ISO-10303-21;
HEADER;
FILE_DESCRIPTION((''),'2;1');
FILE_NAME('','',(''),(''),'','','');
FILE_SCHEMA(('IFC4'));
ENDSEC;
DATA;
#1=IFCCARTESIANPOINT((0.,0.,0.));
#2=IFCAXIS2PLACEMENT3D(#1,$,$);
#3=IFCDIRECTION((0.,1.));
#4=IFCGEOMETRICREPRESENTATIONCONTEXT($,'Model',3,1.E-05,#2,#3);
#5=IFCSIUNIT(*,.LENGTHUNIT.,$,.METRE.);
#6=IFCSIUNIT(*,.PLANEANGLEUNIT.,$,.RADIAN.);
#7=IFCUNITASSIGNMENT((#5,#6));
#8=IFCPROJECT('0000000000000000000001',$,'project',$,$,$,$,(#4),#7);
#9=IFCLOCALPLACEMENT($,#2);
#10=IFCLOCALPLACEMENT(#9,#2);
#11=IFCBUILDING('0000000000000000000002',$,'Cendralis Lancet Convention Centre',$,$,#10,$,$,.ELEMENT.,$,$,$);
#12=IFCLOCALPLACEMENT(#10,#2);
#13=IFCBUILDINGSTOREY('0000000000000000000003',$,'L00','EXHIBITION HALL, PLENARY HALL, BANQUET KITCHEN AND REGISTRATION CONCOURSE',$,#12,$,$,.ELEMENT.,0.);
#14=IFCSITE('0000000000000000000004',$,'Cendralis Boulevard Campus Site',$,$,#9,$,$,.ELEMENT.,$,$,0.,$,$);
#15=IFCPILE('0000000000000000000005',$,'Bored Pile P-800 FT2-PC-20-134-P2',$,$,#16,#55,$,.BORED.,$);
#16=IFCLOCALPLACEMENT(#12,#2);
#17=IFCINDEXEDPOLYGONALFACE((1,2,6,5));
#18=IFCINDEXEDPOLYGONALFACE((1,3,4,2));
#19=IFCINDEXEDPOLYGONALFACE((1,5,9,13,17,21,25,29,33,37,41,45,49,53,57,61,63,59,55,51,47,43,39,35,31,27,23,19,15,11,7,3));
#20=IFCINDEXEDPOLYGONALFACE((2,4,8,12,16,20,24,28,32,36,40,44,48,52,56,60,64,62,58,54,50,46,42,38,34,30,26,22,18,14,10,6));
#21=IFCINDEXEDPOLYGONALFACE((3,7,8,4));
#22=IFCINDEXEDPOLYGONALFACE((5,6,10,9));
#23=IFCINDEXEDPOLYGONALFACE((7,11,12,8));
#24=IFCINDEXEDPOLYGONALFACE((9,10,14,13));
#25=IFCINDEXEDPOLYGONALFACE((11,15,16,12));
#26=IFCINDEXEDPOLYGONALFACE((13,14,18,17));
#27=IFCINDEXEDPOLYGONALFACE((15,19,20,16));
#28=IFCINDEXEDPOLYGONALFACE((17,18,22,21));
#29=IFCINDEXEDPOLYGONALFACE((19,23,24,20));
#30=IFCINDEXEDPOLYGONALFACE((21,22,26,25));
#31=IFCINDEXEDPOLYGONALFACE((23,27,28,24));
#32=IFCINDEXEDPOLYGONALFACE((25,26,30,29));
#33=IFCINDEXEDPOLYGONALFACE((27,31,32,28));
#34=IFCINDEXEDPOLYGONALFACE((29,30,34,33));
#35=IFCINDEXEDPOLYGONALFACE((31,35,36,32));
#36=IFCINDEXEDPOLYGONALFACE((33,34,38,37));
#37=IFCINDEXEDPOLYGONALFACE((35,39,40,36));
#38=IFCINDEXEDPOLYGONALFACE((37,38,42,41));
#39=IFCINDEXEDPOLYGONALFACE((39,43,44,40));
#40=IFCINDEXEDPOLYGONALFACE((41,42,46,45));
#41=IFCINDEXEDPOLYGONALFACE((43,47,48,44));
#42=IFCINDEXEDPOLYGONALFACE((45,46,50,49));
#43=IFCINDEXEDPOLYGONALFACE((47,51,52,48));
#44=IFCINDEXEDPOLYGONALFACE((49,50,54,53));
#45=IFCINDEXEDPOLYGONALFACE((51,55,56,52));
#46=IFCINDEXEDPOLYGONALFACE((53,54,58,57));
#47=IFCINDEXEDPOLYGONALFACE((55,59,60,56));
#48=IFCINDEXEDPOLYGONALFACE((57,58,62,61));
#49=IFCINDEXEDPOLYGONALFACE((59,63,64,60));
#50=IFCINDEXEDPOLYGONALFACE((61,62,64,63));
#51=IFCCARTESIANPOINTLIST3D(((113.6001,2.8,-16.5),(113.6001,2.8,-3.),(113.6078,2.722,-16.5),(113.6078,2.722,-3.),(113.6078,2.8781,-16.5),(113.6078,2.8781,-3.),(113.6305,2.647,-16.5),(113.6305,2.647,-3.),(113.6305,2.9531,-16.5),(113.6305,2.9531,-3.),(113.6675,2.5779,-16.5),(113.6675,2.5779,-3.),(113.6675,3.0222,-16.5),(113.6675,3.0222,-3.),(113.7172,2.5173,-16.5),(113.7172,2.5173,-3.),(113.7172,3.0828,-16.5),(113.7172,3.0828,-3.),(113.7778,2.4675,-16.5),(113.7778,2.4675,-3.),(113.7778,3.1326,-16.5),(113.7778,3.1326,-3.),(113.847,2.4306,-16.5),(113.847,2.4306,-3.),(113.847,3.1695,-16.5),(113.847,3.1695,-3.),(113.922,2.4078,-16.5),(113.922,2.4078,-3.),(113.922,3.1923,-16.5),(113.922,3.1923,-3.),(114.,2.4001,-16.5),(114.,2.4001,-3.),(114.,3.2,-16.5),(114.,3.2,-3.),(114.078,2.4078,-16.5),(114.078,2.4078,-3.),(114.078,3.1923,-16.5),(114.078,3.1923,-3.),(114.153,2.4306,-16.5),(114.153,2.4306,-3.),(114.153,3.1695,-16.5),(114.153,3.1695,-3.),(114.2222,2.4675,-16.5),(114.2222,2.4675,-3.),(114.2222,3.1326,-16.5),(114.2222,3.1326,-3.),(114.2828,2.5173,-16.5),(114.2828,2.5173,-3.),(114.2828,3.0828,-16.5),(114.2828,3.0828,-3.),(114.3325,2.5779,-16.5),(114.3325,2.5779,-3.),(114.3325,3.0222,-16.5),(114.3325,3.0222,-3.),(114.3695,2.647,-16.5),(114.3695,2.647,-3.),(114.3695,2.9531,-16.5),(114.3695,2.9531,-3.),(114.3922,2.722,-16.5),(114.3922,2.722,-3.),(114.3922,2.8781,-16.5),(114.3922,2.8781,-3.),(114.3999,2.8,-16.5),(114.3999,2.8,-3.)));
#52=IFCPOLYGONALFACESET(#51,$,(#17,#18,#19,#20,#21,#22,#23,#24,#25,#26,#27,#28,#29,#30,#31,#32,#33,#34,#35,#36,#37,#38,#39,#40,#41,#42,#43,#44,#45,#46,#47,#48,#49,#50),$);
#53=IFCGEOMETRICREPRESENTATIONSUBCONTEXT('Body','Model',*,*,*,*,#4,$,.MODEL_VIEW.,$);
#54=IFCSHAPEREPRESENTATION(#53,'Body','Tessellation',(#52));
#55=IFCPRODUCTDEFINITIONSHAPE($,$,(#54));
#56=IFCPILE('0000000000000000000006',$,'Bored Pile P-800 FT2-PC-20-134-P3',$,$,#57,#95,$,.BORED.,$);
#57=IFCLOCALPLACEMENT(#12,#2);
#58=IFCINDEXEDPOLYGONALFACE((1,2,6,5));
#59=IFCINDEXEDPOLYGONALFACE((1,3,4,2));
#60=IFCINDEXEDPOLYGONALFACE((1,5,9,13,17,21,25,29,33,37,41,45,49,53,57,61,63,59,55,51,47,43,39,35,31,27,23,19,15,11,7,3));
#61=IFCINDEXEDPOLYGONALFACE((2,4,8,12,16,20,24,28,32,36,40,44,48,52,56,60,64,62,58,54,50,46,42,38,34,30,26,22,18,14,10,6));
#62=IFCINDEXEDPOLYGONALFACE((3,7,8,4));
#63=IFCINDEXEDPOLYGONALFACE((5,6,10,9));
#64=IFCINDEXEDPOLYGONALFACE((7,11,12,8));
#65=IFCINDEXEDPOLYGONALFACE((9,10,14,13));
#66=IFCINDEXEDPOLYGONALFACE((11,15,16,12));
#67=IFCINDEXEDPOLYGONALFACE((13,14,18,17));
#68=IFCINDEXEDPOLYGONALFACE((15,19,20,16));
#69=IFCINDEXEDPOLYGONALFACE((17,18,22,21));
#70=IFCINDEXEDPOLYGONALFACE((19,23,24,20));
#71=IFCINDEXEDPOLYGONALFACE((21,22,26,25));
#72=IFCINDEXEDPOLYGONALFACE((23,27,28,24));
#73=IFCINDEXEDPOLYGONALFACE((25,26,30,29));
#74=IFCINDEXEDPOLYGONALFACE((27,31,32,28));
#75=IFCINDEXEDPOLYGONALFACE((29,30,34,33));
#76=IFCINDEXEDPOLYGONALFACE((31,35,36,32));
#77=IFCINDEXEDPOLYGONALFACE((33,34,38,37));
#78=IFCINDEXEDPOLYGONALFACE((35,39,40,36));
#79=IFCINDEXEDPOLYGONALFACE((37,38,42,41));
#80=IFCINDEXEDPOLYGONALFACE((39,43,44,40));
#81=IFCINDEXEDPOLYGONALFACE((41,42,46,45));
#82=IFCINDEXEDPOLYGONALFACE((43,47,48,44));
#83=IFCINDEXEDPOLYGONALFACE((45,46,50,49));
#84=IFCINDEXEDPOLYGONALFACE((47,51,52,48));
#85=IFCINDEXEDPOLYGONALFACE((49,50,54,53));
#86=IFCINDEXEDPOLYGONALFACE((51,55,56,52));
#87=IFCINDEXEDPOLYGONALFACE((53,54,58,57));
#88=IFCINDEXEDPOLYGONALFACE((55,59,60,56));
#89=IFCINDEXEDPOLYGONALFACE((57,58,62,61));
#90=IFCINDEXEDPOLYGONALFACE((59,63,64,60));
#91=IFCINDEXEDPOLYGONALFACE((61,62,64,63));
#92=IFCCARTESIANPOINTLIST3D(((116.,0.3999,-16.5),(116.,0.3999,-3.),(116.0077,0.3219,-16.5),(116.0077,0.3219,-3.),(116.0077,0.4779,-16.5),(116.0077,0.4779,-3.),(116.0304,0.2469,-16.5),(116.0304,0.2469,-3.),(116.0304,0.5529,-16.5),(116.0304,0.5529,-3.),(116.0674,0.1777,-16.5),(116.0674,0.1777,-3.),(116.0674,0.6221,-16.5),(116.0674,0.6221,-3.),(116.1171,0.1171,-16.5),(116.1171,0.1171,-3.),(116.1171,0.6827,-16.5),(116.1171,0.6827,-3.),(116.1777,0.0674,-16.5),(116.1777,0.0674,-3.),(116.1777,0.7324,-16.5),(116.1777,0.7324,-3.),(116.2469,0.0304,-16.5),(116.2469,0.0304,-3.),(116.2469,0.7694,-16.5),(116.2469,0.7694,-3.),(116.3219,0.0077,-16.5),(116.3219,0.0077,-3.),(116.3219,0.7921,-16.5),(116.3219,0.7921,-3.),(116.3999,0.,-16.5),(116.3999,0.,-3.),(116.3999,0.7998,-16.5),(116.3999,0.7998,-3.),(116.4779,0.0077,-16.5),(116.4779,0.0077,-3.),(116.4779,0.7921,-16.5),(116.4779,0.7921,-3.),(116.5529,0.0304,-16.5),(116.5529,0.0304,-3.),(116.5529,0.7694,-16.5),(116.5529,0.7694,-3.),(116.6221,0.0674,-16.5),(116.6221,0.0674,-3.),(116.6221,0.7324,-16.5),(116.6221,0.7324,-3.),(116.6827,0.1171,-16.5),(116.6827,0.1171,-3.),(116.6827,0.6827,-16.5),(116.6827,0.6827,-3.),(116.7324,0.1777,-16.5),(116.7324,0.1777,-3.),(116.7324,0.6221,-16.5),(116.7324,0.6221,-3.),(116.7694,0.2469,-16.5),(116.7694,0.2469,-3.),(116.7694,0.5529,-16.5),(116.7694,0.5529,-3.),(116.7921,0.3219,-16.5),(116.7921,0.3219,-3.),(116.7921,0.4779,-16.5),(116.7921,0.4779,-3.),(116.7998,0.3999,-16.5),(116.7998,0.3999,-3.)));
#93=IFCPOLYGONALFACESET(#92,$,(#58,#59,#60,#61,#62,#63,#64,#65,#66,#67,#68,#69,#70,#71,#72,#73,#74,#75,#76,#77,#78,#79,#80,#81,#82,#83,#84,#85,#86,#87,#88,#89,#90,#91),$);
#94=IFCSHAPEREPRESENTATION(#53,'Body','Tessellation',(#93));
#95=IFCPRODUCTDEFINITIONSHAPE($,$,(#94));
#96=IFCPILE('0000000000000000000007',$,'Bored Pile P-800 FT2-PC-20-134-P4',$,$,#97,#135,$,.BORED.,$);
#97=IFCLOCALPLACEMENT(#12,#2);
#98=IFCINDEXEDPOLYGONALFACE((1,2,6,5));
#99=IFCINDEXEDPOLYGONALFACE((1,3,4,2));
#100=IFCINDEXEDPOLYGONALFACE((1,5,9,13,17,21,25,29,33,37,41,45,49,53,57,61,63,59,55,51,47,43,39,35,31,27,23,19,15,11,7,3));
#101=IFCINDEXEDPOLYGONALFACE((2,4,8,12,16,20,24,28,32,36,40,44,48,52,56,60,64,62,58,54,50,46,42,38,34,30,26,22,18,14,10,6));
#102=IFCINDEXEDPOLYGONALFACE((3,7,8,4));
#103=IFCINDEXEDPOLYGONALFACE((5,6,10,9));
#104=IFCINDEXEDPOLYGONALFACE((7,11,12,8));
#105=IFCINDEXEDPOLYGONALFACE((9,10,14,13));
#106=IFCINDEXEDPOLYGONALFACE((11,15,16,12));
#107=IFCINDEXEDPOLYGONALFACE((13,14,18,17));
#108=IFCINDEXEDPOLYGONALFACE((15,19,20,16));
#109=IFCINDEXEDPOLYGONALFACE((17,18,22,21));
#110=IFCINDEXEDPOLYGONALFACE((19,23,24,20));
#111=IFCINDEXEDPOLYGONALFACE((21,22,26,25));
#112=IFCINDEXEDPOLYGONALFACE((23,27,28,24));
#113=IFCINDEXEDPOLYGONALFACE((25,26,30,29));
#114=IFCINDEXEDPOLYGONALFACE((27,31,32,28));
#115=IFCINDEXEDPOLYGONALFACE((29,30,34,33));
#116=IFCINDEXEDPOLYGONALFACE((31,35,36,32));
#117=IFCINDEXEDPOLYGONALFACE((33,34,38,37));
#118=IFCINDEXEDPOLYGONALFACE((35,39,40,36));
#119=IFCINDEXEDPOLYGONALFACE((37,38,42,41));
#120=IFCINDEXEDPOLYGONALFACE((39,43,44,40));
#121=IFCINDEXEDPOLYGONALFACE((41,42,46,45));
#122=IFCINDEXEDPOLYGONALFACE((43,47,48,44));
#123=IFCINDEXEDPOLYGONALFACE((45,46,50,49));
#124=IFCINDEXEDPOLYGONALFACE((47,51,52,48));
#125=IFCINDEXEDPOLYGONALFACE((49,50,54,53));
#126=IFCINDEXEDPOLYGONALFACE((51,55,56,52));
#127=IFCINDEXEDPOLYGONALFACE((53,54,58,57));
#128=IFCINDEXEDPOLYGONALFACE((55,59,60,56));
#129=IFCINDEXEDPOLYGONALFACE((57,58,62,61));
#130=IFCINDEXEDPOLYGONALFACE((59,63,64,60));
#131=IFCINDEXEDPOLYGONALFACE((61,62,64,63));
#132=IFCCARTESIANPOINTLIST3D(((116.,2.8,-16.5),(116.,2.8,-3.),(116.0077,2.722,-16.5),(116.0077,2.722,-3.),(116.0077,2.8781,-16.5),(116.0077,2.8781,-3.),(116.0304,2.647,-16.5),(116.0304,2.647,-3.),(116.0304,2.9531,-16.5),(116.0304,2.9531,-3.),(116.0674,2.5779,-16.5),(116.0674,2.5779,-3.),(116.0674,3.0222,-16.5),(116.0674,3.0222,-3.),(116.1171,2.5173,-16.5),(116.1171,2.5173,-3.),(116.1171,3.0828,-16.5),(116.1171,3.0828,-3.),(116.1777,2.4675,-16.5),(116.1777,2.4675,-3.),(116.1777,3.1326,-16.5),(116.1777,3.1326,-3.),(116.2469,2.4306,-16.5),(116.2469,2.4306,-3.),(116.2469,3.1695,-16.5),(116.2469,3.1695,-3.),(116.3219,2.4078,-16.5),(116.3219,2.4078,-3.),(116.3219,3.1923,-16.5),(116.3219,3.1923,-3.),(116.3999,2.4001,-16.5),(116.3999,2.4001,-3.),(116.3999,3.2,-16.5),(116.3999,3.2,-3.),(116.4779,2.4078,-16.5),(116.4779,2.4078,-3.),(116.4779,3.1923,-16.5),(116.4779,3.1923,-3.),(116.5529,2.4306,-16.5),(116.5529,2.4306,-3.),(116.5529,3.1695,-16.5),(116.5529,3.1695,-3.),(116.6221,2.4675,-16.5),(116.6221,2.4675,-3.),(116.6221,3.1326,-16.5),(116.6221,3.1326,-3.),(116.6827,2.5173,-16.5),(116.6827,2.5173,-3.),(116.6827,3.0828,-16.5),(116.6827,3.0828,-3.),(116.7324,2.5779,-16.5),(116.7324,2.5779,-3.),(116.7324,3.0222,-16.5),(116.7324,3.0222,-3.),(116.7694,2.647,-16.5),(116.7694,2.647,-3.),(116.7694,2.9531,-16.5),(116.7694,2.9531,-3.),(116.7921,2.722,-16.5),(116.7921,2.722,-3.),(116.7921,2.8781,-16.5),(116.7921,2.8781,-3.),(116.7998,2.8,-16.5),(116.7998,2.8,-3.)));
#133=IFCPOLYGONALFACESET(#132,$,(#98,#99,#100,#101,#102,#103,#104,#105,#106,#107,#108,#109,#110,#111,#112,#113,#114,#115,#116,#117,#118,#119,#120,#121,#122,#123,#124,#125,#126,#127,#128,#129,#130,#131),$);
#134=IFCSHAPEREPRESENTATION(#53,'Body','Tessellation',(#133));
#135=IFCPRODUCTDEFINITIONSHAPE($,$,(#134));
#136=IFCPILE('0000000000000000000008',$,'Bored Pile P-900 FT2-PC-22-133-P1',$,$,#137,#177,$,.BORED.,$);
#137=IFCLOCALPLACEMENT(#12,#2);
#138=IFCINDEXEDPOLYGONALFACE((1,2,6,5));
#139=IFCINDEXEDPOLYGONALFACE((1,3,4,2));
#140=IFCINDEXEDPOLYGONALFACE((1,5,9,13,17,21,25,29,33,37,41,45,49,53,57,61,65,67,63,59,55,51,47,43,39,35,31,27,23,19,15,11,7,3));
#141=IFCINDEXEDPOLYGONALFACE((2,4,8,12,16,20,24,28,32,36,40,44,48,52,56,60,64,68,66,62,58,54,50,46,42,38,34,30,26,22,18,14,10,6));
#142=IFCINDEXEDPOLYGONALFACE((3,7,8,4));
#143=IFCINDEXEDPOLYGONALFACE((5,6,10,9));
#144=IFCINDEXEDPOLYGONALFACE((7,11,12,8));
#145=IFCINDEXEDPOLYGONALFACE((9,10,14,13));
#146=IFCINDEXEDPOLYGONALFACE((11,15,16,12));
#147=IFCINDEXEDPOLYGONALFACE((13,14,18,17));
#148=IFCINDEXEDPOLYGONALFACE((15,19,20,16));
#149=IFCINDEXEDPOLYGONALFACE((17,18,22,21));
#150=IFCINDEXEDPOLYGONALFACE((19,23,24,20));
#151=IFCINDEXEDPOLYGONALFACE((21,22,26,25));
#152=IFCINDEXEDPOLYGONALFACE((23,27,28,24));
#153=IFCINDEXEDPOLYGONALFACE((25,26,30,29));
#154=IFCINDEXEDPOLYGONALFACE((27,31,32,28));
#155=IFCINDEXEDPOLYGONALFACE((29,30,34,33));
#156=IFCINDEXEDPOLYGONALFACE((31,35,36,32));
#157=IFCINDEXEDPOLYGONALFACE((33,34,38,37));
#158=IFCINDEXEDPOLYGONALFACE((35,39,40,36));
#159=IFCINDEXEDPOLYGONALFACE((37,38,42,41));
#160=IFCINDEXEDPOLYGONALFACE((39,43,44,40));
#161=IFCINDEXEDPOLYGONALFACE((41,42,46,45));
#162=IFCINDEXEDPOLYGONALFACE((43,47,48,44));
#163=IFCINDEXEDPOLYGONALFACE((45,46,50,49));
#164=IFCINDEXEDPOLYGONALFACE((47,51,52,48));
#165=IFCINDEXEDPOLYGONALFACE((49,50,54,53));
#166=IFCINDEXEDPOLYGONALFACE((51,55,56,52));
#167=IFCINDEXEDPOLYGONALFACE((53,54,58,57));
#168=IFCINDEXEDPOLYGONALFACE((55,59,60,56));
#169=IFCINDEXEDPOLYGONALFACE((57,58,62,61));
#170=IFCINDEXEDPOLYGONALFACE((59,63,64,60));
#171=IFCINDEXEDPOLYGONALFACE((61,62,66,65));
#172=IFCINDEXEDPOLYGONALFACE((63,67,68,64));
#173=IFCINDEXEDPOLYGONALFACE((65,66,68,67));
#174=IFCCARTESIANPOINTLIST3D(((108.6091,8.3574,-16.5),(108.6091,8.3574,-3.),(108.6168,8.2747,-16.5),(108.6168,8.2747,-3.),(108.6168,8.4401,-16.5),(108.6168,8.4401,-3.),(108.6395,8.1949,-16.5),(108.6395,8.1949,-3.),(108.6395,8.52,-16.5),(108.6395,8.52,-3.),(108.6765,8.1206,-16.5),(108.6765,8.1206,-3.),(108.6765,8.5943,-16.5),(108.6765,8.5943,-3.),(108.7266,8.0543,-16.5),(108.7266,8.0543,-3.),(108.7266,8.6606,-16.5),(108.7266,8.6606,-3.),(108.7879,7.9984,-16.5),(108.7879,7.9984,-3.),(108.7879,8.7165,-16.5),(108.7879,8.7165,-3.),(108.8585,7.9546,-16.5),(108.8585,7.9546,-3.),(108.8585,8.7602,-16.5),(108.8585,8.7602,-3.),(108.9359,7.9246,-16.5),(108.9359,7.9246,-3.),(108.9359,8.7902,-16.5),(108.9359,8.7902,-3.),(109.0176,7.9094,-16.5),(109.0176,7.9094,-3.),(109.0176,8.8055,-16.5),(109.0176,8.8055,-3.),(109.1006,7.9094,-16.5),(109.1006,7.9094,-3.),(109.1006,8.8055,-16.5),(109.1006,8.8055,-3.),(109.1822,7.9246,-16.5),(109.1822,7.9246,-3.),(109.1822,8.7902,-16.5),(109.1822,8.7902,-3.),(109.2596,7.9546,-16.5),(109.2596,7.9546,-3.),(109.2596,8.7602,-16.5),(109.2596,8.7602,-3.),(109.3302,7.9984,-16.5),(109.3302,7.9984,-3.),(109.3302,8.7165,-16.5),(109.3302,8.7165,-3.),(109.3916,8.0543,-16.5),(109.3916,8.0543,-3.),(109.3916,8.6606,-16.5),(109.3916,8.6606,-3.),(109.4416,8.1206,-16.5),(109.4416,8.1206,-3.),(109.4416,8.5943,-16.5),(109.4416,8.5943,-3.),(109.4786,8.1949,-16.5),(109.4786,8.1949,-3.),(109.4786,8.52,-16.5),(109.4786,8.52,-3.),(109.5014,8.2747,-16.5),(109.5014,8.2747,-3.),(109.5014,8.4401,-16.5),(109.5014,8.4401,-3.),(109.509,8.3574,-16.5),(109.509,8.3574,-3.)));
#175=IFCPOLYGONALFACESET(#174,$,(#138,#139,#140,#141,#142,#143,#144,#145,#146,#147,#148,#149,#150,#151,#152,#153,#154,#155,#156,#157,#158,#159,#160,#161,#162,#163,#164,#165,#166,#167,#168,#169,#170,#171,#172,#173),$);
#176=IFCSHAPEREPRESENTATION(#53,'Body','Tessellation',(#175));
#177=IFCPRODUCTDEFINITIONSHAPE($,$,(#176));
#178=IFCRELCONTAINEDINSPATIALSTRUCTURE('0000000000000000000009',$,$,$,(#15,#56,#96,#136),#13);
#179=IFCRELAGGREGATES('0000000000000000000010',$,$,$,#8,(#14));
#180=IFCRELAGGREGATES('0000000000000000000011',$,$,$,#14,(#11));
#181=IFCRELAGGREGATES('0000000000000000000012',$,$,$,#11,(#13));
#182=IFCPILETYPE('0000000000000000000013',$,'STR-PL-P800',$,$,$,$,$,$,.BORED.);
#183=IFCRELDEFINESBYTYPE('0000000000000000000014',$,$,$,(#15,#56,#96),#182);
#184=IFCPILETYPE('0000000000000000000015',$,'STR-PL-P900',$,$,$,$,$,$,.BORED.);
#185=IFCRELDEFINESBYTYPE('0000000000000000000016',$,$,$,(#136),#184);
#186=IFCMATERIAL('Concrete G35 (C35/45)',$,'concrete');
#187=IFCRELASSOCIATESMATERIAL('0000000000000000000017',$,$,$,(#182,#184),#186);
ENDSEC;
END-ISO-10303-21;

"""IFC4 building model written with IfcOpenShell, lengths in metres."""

from ifc_helpers import new_model, si_unit, direction, frame, origin, origin_2d, place, context, subcontext, project, spatial, circle, extrude, material, material_profile, profile_set, type_object, element, save


model = new_model("IFC4")

# Units and contexts
model_context = context("Model", 3, precision=1e-05, world=origin(), true_north=direction((0.0, 1.0)))
body_context = subcontext(model_context, "Body", "Model", "MODEL_VIEW")
ifc_project = project(units=[si_unit("LENGTHUNIT", "METRE"), si_unit("PLANEANGLEUNIT", "RADIAN")], contexts=[model_context])

# Site, building, storey
site_placement = place(None, origin())
site = spatial("IfcSite", under=ifc_project, at=site_placement, Name="Cendralis Boulevard Campus Site", CompositionType="ELEMENT", RefElevation=0.0)
building_placement = place(site_placement, origin())
building = spatial("IfcBuilding", under=site, at=building_placement, Name="Cendralis Lancet Convention Centre", CompositionType="ELEMENT")
storey_placement = place(building_placement, origin())
storey = spatial("IfcBuildingStorey", under=building, at=storey_placement, Name="L00", Description="EXHIBITION HALL, PLENARY HALL, BANQUET KITCHEN AND REGISTRATION CONCOURSE", CompositionType="ELEMENT", Elevation=0.0)

# Shared definitions
ifc_material_1 = material(Name="Concrete G35 (C35/45)", Category="concrete")

# Piles
ifc_material_profile_1 = material_profile(ifc_material_1, circle(Radius=0.3999, at=origin_2d()), Name="BORED PILE D800")
ifc_profile_set_1 = profile_set([ifc_material_profile_1], Name="Concrete G35 (C35/45)")
pile_type_1 = type_object("IfcPileType", Name="STR-PL-P800", PredefinedType="BORED", material=ifc_profile_set_1)
for number, where, z_axis, x_axis, name in (
    (1, (114.0, 2.8, -3.0), (0.0, 0.0, -1.0), (1.0, 0.0, 0.0), "Bored Pile P-800 FT2-PC-20-134-P2"),
    (2, (116.3999, 0.3999, -3.0), (0.0, 0.0, -1.0), (1.0, 0.0, 0.0), "Bored Pile P-800 FT2-PC-20-134-P3"),
    (3, (116.3999, 2.8, -3.0), (0.0, 0.0, -1.0), (1.0, 0.0, 0.0), "Bored Pile P-800 FT2-PC-20-134-P4"),
):
    element("IfcPile", number, at=place(storey_placement, frame(where, z_axis=z_axis, x_axis=x_axis)), inside=storey, type_object=pile_type_1, Name=name, PredefinedType="BORED", context=body_context, shape_type="SweptSolid", body=[
        extrude(circle(Radius=0.3999, at=origin_2d()), origin(), (0.0, 0.0, 1.0), 13.5),
    ])
ifc_material_profile_2 = material_profile(ifc_material_1, circle(Radius=0.45, at=origin_2d()), Name="BORED PILE D900")
ifc_profile_set_2 = profile_set([ifc_material_profile_2], Name="Concrete G35 (C35/45)")
pile_type_2 = type_object("IfcPileType", Name="STR-PL-P900", PredefinedType="BORED", material=ifc_profile_set_2)
for number, where, z_axis, x_axis, name in (
    (4, (109.0591, 8.3574, -3.0), (0.0, 0.0, -1.0), (1.0, 0.0, 0.0), "Bored Pile P-900 FT2-PC-22-133-P1"),
):
    element("IfcPile", number, at=place(storey_placement, frame(where, z_axis=z_axis, x_axis=x_axis)), inside=storey, type_object=pile_type_2, Name=name, PredefinedType="BORED", context=body_context, shape_type="SweptSolid", body=[
        extrude(circle(Radius=0.45, at=origin_2d()), origin(), (0.0, 0.0, 1.0), 13.5),
    ])

save(model, "model.ifc")
